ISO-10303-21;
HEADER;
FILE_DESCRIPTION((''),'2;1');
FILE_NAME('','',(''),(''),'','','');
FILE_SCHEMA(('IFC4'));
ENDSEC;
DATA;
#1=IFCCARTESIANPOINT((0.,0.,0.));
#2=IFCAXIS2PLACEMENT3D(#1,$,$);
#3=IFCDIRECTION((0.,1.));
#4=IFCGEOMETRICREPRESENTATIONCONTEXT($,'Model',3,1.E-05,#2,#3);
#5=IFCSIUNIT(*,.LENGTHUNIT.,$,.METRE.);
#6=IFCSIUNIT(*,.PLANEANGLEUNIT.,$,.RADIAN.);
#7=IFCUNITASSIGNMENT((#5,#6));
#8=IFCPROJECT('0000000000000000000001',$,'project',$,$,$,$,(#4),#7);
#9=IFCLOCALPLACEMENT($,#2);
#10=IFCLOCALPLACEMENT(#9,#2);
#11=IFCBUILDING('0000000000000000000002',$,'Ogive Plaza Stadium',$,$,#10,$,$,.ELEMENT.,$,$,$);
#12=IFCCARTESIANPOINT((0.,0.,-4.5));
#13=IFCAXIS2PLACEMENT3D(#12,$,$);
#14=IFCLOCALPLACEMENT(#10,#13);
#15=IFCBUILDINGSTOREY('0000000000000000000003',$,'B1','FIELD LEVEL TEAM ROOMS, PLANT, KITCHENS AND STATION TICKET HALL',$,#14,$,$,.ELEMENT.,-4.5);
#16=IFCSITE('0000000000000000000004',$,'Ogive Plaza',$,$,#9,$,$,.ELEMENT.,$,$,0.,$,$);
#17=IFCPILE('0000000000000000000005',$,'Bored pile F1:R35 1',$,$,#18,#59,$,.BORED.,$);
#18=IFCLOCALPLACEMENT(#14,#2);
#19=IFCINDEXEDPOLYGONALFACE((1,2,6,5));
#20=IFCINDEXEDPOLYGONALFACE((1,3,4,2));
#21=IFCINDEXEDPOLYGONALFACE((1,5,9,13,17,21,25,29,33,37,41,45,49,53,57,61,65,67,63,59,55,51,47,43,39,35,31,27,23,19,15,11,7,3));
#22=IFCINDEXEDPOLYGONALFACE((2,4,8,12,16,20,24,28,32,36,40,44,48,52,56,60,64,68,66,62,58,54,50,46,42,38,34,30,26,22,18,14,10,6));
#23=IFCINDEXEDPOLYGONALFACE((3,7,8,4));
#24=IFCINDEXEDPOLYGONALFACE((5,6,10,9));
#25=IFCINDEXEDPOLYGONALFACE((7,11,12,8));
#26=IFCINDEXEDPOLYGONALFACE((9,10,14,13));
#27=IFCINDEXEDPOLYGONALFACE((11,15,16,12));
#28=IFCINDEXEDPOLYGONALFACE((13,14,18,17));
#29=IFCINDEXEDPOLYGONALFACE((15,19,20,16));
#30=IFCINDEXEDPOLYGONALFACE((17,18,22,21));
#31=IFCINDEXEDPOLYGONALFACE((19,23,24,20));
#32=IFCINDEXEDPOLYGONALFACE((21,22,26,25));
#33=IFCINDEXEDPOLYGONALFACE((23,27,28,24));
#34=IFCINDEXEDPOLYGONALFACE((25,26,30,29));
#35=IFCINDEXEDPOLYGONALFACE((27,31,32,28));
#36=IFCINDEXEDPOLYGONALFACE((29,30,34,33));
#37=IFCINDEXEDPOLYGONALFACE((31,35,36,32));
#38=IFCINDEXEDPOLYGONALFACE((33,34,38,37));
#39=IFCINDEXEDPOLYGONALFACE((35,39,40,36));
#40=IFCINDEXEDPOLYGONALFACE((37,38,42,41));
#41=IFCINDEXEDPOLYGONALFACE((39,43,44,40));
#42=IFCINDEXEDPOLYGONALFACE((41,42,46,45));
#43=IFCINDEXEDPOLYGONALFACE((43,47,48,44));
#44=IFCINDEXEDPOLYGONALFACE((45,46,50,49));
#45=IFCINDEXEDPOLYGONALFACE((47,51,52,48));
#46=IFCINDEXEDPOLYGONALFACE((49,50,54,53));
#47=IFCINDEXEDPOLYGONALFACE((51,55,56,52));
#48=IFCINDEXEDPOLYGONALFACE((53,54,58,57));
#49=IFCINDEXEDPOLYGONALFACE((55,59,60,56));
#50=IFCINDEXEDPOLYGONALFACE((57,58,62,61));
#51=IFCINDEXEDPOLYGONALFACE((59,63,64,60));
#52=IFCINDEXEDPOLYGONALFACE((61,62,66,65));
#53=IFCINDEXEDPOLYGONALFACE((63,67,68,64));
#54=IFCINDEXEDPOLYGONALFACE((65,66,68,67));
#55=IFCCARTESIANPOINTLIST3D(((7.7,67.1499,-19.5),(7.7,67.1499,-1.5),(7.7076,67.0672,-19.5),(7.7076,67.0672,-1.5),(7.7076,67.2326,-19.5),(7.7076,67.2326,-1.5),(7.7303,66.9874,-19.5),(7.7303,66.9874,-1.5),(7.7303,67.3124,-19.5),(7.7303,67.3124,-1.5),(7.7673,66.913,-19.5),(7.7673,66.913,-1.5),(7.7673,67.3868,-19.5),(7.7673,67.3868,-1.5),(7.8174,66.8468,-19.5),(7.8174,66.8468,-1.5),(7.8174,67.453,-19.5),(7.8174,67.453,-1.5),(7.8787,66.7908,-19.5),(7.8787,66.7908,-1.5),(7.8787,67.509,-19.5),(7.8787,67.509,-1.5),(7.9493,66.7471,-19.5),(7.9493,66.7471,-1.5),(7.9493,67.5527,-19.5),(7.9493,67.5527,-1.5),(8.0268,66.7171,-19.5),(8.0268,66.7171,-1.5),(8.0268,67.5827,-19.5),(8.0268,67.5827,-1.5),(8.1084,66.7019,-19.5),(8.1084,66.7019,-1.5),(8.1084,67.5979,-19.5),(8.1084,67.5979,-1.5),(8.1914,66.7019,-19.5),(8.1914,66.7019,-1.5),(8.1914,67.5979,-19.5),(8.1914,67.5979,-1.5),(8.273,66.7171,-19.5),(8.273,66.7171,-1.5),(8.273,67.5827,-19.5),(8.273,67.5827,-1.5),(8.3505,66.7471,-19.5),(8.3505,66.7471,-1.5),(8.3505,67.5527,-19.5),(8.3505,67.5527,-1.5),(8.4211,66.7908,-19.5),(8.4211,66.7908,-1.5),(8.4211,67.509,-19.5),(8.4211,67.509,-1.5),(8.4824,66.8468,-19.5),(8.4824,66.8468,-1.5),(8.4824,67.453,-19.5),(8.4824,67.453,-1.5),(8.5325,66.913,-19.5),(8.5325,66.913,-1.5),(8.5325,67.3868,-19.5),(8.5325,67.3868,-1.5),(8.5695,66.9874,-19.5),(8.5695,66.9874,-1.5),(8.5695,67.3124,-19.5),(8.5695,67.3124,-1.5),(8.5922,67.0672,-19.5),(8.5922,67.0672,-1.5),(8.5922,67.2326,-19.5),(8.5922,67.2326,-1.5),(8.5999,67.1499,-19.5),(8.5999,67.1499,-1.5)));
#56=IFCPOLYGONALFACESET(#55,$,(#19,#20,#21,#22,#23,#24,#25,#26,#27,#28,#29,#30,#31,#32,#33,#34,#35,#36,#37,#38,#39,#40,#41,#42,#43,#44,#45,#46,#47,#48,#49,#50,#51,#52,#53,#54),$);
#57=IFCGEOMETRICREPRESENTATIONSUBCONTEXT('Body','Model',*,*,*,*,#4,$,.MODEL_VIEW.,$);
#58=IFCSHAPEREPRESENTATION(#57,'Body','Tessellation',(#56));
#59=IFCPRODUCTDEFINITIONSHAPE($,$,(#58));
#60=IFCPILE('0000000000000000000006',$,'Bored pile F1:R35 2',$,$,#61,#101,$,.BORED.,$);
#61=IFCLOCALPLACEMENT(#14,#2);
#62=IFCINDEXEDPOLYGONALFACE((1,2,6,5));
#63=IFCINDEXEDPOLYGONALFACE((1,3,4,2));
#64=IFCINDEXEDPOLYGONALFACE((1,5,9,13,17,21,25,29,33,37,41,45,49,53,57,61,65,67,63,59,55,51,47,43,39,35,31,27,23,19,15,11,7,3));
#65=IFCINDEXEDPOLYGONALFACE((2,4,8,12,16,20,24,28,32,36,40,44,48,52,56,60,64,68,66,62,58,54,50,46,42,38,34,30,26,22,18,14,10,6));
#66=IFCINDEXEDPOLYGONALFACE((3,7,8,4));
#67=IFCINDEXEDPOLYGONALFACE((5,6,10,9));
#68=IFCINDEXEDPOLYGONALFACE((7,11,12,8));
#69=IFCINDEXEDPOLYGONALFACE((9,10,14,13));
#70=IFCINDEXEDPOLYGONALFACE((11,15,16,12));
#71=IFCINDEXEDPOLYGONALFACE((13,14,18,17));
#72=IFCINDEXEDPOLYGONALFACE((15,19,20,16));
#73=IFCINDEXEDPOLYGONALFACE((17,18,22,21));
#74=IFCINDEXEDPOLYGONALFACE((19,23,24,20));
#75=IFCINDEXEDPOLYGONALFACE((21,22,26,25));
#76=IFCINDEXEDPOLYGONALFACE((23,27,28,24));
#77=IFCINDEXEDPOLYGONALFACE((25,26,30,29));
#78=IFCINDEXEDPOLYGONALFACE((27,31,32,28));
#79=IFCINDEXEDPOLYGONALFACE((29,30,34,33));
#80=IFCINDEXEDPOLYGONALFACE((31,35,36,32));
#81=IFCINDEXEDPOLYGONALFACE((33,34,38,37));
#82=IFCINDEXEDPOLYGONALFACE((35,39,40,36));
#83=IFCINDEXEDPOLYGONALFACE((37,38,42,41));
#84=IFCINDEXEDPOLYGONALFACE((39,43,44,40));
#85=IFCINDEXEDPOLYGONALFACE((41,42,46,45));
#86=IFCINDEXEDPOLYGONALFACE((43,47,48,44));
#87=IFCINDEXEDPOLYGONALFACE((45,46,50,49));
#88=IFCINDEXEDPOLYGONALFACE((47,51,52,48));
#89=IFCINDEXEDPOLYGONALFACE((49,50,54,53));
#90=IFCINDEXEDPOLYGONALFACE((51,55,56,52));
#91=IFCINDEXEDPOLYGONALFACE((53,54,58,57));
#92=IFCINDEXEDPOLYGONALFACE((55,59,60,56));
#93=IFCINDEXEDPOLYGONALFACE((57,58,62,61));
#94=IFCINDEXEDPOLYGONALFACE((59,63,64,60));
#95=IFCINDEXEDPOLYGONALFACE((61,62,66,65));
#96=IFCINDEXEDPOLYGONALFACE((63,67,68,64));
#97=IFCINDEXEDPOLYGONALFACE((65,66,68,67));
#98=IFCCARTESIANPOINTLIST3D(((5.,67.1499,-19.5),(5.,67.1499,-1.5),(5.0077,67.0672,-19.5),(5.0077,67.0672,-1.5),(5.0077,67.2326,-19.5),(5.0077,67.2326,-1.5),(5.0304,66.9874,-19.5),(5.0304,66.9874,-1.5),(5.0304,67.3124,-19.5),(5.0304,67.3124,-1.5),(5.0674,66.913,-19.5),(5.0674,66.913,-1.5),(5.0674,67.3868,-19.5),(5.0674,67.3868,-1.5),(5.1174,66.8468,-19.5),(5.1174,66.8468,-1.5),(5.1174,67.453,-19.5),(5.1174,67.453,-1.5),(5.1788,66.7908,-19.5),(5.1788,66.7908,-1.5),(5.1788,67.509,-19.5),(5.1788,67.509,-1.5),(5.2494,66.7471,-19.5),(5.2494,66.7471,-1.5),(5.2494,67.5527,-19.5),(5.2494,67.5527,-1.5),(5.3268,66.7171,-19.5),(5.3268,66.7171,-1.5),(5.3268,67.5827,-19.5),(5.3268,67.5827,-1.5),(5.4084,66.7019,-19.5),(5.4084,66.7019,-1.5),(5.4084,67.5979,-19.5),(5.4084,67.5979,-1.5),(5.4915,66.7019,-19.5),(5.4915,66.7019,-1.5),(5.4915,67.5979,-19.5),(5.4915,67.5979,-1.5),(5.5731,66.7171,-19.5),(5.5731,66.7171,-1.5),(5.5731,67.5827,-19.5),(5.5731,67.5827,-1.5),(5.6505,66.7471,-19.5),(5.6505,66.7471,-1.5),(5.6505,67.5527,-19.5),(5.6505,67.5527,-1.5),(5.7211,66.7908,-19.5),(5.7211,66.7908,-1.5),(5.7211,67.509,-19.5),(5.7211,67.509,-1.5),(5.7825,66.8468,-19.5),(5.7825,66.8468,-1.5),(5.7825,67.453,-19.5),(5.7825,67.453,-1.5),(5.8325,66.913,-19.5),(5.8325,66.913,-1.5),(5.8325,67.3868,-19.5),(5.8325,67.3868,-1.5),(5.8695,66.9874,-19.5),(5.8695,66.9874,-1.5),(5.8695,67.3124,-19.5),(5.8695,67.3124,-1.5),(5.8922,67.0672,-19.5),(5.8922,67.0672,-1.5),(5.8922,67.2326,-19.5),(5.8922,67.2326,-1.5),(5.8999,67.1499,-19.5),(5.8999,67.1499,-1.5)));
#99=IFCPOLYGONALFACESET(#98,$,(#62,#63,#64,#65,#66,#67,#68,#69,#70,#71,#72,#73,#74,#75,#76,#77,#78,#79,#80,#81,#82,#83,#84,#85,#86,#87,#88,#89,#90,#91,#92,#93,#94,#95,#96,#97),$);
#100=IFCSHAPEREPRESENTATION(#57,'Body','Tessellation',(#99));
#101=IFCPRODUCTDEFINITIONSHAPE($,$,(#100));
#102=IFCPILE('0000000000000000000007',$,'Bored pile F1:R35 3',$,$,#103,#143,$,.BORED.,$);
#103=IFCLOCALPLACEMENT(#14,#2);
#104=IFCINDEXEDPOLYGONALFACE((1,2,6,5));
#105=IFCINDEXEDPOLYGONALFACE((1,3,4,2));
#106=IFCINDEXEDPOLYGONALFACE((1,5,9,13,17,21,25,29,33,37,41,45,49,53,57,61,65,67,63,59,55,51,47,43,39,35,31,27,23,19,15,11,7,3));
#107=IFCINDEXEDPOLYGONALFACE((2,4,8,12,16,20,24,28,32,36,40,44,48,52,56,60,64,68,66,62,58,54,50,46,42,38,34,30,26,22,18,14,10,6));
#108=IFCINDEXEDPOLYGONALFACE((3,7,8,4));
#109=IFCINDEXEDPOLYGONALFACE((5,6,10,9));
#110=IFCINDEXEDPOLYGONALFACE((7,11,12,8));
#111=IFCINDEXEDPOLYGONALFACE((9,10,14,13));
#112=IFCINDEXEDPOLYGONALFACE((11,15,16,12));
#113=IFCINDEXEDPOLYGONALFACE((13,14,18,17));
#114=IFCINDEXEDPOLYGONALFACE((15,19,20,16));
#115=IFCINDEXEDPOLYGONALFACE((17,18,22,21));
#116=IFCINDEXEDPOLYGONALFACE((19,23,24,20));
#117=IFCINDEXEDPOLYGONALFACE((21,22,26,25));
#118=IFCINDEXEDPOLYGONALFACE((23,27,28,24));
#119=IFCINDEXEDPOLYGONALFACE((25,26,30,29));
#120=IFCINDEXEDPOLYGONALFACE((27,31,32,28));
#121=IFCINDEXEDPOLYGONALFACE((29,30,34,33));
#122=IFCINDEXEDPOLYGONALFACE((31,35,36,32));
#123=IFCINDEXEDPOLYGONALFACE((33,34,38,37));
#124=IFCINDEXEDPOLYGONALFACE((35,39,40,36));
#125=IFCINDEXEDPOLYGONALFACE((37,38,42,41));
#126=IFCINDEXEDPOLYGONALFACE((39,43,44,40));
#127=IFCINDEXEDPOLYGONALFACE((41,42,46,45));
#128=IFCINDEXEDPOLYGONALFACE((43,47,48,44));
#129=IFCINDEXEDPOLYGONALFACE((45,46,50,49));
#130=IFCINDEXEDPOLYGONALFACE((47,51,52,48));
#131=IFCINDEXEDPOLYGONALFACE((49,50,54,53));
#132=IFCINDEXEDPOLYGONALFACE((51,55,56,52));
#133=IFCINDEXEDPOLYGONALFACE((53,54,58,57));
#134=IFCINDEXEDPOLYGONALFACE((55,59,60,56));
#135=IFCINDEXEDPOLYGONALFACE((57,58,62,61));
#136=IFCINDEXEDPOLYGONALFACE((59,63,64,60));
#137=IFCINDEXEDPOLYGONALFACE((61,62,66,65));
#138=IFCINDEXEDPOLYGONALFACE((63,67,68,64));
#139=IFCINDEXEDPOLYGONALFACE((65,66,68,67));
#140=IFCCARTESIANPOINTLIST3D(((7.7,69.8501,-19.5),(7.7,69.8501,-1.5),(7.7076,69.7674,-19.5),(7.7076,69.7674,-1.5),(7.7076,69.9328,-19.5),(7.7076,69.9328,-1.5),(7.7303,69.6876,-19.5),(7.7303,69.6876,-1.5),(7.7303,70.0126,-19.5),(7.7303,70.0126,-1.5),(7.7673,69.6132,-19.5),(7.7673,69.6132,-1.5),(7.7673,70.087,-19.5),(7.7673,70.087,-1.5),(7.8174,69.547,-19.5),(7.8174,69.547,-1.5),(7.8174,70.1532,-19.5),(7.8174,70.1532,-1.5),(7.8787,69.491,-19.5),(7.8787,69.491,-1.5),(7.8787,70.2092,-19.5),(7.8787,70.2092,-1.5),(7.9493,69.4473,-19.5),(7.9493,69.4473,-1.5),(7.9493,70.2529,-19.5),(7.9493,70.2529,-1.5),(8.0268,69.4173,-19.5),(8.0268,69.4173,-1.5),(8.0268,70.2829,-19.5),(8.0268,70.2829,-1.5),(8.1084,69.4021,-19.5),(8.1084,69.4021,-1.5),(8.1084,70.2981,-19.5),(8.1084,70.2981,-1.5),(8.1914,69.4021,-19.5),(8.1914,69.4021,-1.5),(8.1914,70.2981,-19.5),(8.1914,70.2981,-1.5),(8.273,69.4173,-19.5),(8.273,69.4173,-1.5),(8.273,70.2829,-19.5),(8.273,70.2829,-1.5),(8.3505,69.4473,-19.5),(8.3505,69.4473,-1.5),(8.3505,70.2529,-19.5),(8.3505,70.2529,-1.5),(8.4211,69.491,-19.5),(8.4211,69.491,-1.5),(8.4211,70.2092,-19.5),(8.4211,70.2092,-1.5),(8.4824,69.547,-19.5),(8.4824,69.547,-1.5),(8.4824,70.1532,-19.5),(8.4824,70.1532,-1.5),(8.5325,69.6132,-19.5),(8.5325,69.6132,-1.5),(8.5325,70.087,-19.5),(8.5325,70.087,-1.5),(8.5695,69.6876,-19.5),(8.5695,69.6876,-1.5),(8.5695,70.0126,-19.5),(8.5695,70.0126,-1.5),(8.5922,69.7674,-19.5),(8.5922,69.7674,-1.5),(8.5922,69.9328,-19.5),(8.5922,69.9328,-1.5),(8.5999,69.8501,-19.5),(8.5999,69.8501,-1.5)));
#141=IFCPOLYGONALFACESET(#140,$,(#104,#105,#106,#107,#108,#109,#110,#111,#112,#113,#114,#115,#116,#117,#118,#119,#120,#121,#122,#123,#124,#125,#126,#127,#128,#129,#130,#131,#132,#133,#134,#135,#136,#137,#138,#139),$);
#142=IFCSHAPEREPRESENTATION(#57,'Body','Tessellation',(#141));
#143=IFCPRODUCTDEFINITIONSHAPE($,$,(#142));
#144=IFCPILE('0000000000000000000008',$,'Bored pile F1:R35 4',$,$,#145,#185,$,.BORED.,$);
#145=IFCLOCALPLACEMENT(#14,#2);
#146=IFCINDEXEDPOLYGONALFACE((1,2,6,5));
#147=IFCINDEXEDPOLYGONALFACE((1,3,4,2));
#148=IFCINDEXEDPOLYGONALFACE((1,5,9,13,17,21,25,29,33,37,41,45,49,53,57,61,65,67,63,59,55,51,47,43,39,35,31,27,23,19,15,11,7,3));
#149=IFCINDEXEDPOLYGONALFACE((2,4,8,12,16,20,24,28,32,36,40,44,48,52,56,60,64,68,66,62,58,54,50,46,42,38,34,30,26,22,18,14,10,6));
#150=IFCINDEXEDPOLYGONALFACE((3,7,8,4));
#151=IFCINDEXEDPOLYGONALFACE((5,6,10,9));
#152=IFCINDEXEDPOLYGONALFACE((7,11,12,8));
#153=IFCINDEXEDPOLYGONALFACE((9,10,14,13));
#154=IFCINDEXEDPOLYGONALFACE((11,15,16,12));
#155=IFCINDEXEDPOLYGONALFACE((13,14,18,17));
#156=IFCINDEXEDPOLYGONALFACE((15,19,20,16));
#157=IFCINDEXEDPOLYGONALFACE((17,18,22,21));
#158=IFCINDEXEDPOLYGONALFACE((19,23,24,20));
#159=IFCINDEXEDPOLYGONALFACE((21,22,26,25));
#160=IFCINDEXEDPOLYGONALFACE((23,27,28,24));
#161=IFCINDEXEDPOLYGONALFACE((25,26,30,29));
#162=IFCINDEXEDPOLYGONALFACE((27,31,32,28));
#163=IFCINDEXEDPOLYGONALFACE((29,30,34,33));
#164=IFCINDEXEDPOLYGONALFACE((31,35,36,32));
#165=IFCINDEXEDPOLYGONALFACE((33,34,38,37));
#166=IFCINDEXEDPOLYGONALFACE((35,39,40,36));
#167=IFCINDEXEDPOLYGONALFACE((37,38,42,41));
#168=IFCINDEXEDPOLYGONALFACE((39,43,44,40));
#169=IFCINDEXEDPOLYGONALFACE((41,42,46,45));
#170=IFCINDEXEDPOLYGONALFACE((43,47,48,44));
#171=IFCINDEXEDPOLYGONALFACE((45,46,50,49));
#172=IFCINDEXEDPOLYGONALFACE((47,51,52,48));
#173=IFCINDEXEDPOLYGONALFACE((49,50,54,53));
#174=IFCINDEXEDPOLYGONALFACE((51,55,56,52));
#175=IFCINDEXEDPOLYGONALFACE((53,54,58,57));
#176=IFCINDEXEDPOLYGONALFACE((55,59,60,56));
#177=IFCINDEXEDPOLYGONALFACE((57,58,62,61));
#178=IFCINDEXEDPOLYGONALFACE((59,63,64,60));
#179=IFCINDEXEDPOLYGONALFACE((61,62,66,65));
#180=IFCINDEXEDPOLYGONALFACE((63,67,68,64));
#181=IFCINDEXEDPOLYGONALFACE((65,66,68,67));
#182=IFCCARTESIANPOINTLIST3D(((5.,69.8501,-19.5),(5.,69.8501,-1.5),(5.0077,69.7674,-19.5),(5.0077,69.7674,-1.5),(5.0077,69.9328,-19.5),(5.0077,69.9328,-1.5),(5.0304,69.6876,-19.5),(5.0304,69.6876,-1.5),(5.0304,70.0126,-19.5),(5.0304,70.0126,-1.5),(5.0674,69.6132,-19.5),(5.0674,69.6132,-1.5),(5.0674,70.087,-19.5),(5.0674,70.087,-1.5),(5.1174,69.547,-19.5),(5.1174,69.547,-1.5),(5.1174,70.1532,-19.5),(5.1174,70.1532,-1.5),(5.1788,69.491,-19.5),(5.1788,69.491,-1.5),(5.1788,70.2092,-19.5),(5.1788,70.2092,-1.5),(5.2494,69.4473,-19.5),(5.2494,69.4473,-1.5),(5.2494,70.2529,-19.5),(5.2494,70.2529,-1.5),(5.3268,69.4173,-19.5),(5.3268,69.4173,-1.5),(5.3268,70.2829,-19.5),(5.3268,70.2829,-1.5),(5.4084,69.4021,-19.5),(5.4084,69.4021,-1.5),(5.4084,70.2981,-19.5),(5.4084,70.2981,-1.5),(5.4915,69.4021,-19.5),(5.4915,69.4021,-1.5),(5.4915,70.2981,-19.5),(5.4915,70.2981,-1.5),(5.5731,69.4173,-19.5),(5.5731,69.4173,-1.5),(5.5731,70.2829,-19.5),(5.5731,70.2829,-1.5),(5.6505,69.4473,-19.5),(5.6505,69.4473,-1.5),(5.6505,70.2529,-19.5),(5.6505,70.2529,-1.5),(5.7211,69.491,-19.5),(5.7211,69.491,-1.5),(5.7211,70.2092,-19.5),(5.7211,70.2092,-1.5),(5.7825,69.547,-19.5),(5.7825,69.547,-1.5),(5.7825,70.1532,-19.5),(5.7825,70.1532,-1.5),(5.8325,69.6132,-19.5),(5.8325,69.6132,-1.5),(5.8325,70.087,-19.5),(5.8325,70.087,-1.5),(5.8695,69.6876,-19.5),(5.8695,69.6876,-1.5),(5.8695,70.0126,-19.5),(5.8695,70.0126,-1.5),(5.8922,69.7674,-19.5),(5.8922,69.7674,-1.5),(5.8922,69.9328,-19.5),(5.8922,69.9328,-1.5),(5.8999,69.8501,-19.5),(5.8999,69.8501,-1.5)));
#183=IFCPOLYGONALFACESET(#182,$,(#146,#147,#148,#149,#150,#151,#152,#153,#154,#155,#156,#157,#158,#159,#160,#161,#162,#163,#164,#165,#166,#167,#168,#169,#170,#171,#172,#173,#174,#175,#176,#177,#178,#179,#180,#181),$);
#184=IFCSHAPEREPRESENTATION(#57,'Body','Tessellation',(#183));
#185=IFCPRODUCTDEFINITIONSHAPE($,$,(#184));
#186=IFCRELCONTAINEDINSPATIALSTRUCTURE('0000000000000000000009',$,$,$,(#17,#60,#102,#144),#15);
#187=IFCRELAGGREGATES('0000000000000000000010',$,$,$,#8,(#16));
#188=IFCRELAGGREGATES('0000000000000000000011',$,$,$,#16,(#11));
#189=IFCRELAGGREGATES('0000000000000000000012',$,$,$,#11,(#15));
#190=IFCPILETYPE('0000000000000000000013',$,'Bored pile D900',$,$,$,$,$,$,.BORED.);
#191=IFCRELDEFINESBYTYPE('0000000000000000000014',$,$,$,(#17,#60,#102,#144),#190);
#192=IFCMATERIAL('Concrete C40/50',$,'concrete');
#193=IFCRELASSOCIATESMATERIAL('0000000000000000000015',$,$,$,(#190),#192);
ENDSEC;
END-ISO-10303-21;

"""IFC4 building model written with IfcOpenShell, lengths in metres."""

from ifc_helpers import new_model, si_unit, direction, frame, origin, origin_2d, place, context, subcontext, project, spatial, circle, extrude, material, material_profile, profile_set, type_object, element, save


model = new_model("IFC4")

# Units and contexts
model_context = context("Model", 3, precision=1e-05, world=origin(), true_north=direction((0.0, 1.0)))
body_context = subcontext(model_context, "Body", "Model", "MODEL_VIEW")
ifc_project = project(units=[si_unit("LENGTHUNIT", "METRE"), si_unit("PLANEANGLEUNIT", "RADIAN")], contexts=[model_context])

# Site, building, storey
site_placement = place(None, origin())
site = spatial("IfcSite", under=ifc_project, at=site_placement, Name="Ogive Plaza", CompositionType="ELEMENT", RefElevation=0.0)
building_placement = place(site_placement, origin())
building = spatial("IfcBuilding", under=site, at=building_placement, Name="Ogive Plaza Stadium", CompositionType="ELEMENT")
storey_placement = place(building_placement, frame((0.0, 0.0, -4.5)))
storey = spatial("IfcBuildingStorey", under=building, at=storey_placement, Name="B1", Description="FIELD LEVEL TEAM ROOMS, PLANT, KITCHENS AND STATION TICKET HALL", CompositionType="ELEMENT", Elevation=-4.5)

# Piles
ifc_material_1 = material(Name="Concrete C40/50", Category="concrete")
ifc_material_profile_1 = material_profile(ifc_material_1, circle(Radius=0.45, at=origin_2d()), Name="RC D900")
ifc_profile_set_1 = profile_set([ifc_material_profile_1], Name="Concrete C40/50")
pile_type = type_object("IfcPileType", Name="Bored pile D900", PredefinedType="BORED", material=ifc_profile_set_1)
for number, where, z_axis, x_axis, name in (
    (1, (8.1499, 67.1499, -1.5), (0.0, 0.0, -1.0), (1.0, 0.0, 0.0), "Bored pile F1:R35 1"),
    (2, (5.45, 67.1499, -1.5), (0.0, 0.0, -1.0), (1.0, 0.0, 0.0), "Bored pile F1:R35 2"),
    (3, (8.1499, 69.8501, -1.5), (0.0, 0.0, -1.0), (1.0, 0.0, 0.0), "Bored pile F1:R35 3"),
    (4, (5.45, 69.8501, -1.5), (0.0, 0.0, -1.0), (1.0, 0.0, 0.0), "Bored pile F1:R35 4"),
):
    element("IfcPile", number, at=place(storey_placement, frame(where, z_axis=z_axis, x_axis=x_axis)), inside=storey, type_object=pile_type, Name=name, PredefinedType="BORED", context=body_context, shape_type="SweptSolid", body=[
        extrude(circle(Radius=0.45, at=origin_2d()), origin(), (0.0, 0.0, 1.0), 18.0),
    ])

save(model, "model.ifc")
